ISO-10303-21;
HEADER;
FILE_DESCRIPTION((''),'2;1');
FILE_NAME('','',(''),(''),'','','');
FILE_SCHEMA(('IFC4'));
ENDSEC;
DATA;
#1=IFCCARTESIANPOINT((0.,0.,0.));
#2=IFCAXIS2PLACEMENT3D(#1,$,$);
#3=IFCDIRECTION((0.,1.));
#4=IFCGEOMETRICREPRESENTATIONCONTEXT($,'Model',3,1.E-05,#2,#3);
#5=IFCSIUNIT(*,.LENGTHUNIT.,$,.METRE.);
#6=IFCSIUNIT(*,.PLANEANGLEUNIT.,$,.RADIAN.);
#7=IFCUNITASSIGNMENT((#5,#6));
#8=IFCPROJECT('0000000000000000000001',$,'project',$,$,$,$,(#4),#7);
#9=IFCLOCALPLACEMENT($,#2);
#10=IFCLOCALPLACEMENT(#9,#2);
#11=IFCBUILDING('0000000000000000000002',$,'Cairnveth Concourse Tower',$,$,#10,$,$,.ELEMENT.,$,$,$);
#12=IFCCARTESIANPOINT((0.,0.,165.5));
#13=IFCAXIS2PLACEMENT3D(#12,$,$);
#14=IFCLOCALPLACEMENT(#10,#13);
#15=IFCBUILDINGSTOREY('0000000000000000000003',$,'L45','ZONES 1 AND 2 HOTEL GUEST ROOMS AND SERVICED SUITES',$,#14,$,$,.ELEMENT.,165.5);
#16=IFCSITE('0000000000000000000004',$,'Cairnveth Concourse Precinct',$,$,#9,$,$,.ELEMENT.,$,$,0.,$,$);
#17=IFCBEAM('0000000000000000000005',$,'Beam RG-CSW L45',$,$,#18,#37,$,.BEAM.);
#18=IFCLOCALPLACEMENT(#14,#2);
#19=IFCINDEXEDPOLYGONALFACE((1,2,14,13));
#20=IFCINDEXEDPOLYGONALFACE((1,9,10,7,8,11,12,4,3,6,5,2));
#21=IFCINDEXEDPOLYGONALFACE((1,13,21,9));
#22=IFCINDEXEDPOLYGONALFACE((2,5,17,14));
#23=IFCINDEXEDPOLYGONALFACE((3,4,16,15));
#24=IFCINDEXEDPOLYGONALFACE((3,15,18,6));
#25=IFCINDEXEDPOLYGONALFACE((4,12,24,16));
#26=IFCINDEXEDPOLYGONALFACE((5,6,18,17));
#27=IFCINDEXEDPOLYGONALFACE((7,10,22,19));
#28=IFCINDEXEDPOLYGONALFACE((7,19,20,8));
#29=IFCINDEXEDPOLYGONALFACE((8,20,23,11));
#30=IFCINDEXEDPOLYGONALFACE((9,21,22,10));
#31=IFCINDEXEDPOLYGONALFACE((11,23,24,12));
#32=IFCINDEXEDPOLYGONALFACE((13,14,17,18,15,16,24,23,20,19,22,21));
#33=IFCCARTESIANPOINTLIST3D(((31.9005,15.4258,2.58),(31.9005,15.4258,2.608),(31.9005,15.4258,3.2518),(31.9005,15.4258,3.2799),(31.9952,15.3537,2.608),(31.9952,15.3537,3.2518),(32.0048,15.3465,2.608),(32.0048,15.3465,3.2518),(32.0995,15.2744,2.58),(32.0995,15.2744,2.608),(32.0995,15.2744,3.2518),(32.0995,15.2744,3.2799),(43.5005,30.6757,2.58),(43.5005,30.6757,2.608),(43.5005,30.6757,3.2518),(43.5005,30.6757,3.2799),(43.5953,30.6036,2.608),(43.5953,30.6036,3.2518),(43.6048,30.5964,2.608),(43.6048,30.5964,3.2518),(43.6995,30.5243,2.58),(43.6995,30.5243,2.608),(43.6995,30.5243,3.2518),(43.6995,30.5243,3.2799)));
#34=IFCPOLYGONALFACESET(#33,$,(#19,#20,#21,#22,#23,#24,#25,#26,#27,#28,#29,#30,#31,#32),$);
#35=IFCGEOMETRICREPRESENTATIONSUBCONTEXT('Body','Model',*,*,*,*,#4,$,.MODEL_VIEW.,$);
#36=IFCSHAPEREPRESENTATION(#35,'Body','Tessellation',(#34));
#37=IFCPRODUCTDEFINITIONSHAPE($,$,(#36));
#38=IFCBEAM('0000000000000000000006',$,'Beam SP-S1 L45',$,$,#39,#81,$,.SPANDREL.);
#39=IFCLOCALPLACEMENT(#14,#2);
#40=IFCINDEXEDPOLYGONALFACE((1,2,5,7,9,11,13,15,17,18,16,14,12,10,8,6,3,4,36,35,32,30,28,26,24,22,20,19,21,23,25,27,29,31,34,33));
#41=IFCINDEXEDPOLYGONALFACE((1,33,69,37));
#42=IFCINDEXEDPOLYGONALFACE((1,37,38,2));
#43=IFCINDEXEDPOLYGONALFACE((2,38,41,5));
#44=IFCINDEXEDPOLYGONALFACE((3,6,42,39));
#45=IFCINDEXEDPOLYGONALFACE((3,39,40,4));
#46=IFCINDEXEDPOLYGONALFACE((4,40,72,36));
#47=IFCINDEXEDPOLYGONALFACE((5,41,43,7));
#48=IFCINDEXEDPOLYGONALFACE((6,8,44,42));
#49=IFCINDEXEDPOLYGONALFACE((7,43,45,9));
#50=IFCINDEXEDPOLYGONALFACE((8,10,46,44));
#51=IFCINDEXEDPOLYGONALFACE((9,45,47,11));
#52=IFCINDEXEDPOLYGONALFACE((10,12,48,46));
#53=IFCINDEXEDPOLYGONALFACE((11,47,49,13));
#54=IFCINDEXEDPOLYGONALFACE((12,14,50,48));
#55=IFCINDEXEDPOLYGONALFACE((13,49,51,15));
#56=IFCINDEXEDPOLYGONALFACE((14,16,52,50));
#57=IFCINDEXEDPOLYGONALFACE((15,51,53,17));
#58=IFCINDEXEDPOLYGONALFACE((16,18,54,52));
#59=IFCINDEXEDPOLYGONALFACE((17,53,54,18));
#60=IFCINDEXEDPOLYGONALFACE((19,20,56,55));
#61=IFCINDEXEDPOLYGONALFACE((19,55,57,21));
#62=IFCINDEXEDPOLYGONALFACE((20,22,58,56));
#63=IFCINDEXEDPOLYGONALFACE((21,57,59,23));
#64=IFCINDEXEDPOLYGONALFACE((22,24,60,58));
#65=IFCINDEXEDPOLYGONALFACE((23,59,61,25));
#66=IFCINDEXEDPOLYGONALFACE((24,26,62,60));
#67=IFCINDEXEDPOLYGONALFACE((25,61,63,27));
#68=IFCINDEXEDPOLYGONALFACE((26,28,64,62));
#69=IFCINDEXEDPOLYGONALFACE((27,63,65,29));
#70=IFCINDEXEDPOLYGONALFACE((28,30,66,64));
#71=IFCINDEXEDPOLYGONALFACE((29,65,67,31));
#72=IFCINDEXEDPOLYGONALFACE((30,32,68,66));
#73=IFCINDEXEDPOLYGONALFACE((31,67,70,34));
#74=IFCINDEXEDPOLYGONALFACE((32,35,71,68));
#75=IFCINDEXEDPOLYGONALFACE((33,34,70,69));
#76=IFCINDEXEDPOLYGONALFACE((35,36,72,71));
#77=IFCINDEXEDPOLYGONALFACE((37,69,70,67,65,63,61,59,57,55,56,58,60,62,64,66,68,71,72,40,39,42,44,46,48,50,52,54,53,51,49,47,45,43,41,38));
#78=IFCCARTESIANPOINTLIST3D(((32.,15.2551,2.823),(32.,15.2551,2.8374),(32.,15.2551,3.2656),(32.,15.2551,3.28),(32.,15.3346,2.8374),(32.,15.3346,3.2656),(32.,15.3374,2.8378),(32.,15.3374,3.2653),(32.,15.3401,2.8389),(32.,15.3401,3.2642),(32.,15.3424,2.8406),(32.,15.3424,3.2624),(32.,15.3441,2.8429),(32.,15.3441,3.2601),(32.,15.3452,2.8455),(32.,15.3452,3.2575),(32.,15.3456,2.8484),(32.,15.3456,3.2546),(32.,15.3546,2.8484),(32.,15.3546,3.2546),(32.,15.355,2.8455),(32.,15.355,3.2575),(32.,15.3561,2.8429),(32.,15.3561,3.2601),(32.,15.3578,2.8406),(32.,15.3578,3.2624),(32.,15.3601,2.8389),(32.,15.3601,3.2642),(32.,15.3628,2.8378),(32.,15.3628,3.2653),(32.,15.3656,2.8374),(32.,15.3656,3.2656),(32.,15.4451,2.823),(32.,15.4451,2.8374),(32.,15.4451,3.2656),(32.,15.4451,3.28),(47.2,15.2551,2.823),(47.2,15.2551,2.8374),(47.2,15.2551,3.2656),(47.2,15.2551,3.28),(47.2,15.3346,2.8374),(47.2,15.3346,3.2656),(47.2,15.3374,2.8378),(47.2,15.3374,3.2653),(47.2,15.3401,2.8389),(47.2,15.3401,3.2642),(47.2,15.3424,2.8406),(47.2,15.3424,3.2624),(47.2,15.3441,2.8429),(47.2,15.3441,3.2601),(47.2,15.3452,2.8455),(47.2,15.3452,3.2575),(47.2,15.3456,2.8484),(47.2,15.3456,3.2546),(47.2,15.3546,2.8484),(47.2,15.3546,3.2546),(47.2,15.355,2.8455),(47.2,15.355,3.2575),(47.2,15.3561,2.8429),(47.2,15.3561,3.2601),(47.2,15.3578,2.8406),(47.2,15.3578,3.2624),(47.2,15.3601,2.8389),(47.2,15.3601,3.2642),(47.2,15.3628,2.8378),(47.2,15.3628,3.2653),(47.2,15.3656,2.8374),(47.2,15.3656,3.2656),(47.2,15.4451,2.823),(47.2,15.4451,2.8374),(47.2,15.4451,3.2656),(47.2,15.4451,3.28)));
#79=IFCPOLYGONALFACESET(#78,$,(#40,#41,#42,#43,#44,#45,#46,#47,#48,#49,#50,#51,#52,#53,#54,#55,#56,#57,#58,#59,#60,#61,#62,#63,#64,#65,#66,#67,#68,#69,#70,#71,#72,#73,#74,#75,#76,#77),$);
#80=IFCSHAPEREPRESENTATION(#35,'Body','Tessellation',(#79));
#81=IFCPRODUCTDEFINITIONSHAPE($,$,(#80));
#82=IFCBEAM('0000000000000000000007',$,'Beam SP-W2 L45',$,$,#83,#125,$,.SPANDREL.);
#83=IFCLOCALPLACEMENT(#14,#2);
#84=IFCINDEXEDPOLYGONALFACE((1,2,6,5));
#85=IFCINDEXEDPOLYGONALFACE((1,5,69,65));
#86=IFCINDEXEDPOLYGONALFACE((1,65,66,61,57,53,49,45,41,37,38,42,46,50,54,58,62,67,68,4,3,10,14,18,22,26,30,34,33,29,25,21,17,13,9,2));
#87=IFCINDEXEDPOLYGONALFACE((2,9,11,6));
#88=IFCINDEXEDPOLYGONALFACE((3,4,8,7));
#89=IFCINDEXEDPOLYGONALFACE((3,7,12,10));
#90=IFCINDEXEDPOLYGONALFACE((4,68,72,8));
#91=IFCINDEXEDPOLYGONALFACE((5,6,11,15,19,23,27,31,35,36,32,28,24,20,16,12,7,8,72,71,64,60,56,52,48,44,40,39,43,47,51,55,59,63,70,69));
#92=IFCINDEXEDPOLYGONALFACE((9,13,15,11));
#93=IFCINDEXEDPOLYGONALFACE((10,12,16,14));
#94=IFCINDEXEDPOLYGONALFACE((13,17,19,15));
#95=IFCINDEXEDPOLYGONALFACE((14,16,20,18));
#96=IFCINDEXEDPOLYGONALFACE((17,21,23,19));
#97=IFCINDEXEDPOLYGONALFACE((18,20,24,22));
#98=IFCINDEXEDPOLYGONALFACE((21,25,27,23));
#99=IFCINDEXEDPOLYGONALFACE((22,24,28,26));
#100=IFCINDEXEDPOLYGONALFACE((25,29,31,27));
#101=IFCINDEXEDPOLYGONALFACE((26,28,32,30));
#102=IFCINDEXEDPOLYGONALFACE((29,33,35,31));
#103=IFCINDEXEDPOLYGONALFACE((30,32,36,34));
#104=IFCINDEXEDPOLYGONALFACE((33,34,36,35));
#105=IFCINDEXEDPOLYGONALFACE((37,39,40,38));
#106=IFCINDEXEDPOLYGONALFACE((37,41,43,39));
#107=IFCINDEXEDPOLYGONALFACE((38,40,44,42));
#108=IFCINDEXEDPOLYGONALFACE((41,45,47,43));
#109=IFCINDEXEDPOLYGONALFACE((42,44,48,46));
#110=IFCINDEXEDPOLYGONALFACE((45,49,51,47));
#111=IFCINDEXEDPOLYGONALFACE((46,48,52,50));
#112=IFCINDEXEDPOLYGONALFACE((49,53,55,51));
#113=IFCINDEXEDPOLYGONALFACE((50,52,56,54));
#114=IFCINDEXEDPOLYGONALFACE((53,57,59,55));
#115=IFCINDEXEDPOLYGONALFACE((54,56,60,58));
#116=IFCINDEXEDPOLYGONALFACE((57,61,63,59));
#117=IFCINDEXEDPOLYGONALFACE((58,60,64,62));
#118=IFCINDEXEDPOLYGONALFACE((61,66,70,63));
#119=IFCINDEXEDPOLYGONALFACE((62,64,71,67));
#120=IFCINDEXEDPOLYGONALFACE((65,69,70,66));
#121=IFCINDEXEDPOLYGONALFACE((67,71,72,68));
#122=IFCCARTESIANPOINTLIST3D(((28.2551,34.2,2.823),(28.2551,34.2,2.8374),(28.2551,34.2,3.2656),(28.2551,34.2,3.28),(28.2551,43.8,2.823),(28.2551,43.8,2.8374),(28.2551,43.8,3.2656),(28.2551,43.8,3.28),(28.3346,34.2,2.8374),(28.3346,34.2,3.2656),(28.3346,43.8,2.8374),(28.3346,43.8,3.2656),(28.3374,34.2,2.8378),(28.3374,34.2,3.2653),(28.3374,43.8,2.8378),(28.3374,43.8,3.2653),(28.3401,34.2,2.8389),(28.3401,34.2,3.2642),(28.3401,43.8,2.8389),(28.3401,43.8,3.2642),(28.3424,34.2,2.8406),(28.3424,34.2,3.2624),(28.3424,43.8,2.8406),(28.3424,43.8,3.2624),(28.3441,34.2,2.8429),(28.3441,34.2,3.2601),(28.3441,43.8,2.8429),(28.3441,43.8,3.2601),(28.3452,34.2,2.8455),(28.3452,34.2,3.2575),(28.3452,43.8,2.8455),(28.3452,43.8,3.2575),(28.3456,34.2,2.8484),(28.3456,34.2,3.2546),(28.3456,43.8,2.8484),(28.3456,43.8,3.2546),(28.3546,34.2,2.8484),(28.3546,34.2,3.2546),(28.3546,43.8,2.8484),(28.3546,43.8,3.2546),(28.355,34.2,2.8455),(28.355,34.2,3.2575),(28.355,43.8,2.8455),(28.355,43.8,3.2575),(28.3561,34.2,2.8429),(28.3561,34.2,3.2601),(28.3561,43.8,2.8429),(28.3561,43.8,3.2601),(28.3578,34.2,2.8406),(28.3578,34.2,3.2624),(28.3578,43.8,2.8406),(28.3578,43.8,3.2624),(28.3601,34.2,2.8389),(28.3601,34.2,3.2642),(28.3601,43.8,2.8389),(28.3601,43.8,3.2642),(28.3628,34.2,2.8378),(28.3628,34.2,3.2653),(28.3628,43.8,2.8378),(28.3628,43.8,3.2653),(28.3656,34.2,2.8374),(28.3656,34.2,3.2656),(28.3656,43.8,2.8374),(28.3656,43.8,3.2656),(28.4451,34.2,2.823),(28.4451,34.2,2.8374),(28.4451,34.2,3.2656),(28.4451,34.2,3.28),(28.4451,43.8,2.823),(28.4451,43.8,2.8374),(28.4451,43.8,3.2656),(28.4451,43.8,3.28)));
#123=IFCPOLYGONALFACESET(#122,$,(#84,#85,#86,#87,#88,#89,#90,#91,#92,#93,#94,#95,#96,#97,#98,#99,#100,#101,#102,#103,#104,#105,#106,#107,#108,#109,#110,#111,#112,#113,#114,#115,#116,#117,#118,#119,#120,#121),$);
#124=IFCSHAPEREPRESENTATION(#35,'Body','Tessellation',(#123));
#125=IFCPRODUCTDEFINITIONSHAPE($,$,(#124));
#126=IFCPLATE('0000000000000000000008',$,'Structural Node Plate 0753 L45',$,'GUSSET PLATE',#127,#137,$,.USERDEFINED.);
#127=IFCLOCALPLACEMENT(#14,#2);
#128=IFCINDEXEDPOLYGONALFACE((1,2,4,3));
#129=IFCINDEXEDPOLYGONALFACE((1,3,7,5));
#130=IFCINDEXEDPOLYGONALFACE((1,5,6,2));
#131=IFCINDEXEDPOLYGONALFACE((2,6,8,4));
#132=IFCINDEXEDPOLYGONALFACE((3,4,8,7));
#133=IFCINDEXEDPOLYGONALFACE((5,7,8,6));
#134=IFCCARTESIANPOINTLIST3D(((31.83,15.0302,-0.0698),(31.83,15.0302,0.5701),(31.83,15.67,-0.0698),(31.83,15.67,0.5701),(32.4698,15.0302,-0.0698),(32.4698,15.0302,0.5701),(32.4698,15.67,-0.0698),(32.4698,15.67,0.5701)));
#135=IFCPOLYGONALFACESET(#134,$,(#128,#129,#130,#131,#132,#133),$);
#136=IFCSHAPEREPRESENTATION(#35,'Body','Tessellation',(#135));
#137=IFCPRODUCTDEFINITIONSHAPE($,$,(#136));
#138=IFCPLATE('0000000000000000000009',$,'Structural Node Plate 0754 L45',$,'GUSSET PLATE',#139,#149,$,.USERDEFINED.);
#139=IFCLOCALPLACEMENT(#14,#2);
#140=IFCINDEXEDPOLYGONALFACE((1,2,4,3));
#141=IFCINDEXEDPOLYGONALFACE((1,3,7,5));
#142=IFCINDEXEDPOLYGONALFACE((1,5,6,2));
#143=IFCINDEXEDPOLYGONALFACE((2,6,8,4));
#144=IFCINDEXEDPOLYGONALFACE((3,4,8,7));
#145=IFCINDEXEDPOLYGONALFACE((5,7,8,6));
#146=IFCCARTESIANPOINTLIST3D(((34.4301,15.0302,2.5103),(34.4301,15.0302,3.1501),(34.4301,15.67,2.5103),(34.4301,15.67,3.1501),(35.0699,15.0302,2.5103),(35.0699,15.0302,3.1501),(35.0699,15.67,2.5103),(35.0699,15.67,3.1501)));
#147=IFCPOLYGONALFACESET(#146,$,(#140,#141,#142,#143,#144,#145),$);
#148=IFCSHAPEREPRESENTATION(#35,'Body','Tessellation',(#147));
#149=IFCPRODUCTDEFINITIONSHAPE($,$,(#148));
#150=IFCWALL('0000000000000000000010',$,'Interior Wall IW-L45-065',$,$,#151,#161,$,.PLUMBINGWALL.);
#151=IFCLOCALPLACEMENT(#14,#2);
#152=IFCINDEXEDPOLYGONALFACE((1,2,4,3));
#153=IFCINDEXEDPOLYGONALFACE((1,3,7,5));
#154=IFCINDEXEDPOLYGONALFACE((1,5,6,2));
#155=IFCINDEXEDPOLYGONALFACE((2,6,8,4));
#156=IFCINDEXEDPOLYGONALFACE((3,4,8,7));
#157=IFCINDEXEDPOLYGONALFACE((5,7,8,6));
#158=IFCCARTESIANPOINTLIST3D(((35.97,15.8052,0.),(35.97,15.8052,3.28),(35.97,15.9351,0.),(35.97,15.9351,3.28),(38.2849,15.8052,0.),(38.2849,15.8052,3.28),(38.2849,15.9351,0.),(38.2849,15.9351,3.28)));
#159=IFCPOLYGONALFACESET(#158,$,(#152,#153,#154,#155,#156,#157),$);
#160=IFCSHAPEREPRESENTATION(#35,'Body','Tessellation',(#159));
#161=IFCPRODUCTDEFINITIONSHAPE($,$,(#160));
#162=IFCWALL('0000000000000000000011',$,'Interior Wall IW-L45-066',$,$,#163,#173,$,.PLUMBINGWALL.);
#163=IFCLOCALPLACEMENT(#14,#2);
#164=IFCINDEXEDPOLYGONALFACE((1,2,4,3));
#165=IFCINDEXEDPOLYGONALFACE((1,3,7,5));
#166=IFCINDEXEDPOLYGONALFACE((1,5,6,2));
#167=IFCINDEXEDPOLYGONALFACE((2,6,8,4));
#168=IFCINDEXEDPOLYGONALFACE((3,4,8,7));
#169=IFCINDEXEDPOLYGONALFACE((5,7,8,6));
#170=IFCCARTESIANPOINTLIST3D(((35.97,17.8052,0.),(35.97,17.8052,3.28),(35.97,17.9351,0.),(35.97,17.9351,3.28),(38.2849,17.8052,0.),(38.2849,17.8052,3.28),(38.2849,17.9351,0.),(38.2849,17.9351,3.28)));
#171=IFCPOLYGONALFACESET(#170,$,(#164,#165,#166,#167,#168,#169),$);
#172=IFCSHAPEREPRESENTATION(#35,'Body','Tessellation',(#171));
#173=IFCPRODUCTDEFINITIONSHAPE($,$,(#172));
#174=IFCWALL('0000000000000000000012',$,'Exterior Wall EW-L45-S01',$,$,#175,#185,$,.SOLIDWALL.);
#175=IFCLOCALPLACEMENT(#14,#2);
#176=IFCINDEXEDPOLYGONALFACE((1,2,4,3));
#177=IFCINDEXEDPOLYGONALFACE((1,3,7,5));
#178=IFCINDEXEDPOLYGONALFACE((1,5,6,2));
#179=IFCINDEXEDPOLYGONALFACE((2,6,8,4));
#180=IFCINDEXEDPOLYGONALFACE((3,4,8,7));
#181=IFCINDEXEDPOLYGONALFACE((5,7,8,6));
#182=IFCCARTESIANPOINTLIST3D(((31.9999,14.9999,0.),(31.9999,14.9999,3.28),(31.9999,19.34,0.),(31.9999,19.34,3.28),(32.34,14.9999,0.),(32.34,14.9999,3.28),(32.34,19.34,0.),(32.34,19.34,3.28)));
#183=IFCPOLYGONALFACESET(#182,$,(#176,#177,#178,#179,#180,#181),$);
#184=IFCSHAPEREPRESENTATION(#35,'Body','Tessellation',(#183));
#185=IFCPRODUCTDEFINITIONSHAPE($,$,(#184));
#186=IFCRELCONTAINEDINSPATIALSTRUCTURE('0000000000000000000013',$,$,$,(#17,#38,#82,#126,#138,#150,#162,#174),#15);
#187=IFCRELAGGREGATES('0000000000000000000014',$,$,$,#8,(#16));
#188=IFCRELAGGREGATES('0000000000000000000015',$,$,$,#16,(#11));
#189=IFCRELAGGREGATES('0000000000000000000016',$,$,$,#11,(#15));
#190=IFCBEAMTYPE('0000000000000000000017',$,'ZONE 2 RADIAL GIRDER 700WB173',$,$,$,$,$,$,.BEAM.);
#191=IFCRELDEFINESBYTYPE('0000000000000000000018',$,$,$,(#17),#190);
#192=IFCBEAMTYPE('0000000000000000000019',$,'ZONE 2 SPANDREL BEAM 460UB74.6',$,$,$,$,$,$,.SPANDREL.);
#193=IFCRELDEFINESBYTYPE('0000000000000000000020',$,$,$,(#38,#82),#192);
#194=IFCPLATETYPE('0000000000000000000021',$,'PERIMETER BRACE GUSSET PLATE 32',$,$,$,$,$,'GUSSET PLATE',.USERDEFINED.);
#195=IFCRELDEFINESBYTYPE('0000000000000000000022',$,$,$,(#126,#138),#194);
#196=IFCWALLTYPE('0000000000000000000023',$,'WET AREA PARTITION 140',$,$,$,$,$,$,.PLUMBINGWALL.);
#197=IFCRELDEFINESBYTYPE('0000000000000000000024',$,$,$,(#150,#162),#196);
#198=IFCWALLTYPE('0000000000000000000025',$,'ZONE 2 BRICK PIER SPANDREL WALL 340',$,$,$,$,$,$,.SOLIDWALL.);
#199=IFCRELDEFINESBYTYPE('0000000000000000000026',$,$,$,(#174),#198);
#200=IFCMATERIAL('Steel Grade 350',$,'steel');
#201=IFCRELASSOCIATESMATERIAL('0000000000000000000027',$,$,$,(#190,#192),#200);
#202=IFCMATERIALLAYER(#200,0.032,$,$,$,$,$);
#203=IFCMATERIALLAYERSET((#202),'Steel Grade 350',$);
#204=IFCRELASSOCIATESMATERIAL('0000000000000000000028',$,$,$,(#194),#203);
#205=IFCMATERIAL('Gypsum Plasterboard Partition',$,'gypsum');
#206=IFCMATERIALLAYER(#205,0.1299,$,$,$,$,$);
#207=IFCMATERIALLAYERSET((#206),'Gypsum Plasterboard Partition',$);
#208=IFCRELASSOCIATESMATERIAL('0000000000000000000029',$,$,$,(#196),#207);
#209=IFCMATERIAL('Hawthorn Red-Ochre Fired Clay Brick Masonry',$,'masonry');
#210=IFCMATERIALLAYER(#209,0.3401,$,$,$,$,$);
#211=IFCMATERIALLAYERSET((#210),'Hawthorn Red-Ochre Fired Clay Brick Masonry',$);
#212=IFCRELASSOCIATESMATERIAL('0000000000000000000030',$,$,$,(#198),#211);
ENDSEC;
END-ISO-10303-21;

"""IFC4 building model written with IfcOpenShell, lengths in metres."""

from ifc_helpers import new_model, si_unit, direction, frame, frame_2d, origin, origin_2d, place, context, subcontext, project, spatial, rectangle, i_section, extrude, material, layer, layer_set, material_profile, profile_set, type_object, element, save


model = new_model("IFC4")

# Units and contexts
model_context = context("Model", 3, precision=1e-05, world=origin(), true_north=direction((0.0, 1.0)))
body_context = subcontext(model_context, "Body", "Model", "MODEL_VIEW")
ifc_project = project(units=[si_unit("LENGTHUNIT", "METRE"), si_unit("PLANEANGLEUNIT", "RADIAN")], contexts=[model_context])

# Site, building, storey
site_placement = place(None, origin())
site = spatial("IfcSite", under=ifc_project, at=site_placement, Name="Cairnveth Concourse Precinct", CompositionType="ELEMENT", RefElevation=0.0)
building_placement = place(site_placement, origin())
building = spatial("IfcBuilding", under=site, at=building_placement, Name="Cairnveth Concourse Tower", CompositionType="ELEMENT")
storey_placement = place(building_placement, frame((0.0, 0.0, 165.5)))
storey = spatial("IfcBuildingStorey", under=building, at=storey_placement, Name="L45", Description="ZONES 1 AND 2 HOTEL GUEST ROOMS AND SERVICED SUITES", CompositionType="ELEMENT", Elevation=165.5)

# Shared definitions
ifc_material_1 = material(Name="Steel Grade 350", Category="steel")

# Beams
ifc_material_profile_1 = material_profile(ifc_material_1, i_section(OverallWidth=0.25, OverallDepth=0.7, WebThickness=0.012, FlangeThickness=0.0281, at=origin_2d()), Name="700WB173")
ifc_profile_set_1 = profile_set([ifc_material_profile_1], Name="Steel Grade 350")
beam_type_1 = type_object("IfcBeamType", Name="ZONE 2 RADIAL GIRDER 700WB173", PredefinedType="BEAM", material=ifc_profile_set_1)
beam_1_placement = place(storey_placement, frame((32.0, 15.3501, 2.9299), z_axis=(0.605417, 0.795908, 0.0), x_axis=(-0.795908, 0.605417, 0.0)))
element("IfcBeam", 1, at=beam_1_placement, inside=storey, type_object=beam_type_1, Name="Beam RG-CSW L45", PredefinedType="BEAM", context=body_context, shape_type="SweptSolid", body=[
    extrude(i_section(OverallWidth=0.25, OverallDepth=0.7, WebThickness=0.012, FlangeThickness=0.0281, at=origin_2d()), origin(), (0.0, 0.0, 1.0), 19.1604),
])
ifc_material_profile_2 = material_profile(ifc_material_1, i_section(OverallWidth=0.1899, OverallDepth=0.457, WebThickness=0.009, FlangeThickness=0.0144, FilletRadius=0.011, at=origin_2d()), Name="460UB74.6")
ifc_profile_set_2 = profile_set([ifc_material_profile_2], Name="Steel Grade 350")
beam_type_2 = type_object("IfcBeamType", Name="ZONE 2 SPANDREL BEAM 460UB74.6", PredefinedType="SPANDREL", material=ifc_profile_set_2)
beam_2_placement = place(storey_placement, frame((32.0, 15.3501, 3.0515), z_axis=(1.0, 0.0, 0.0), x_axis=(0.0, 1.0, 0.0)))
element("IfcBeam", 2, at=beam_2_placement, inside=storey, type_object=beam_type_2, Name="Beam SP-S1 L45", PredefinedType="SPANDREL", context=body_context, shape_type="SweptSolid", body=[
    extrude(i_section(OverallWidth=0.1899, OverallDepth=0.457, WebThickness=0.009, FlangeThickness=0.0144, FilletRadius=0.011, at=origin_2d()), origin(), (0.0, 0.0, 1.0), 15.2),
])
beam_3_placement = place(storey_placement, frame((28.3501, 34.2, 3.0515), z_axis=(0.0, 1.0, 0.0), x_axis=(-1.0, 0.0, 0.0)))
element("IfcBeam", 3, at=beam_3_placement, inside=storey, type_object=beam_type_2, Name="Beam SP-W2 L45", PredefinedType="SPANDREL", context=body_context, shape_type="SweptSolid", body=[
    extrude(i_section(OverallWidth=0.1899, OverallDepth=0.457, WebThickness=0.009, FlangeThickness=0.0144, FilletRadius=0.011, at=origin_2d()), origin(), (0.0, 0.0, 1.0), 9.6001),
])

# Plates
ifc_layer_1 = layer(ifc_material_1, 0.032)
ifc_layer_set_1 = layer_set([ifc_layer_1], Name="Steel Grade 350")
plate_type = type_object("IfcPlateType", Name="PERIMETER BRACE GUSSET PLATE 32", ElementType="GUSSET PLATE", PredefinedType="USERDEFINED", material=ifc_layer_set_1)
for number, where, z_axis, x_axis, name in (
    (4, (32.1499, 15.3501, -0.0698), (0.0, 0.0, 1.0), (1.0, 0.0, 0.0), "Structural Node Plate 0753 L45"),
    (5, (34.75, 15.3501, 2.5103), (0.0, 0.0, 1.0), (1.0, 0.0, 0.0), "Structural Node Plate 0754 L45"),
):
    element("IfcPlate", number, at=place(storey_placement, frame(where, z_axis=z_axis, x_axis=x_axis)), inside=storey, type_object=plate_type, Name=name, ObjectType="GUSSET PLATE", PredefinedType="USERDEFINED", context=body_context, shape_type="SweptSolid", body=[
        extrude(rectangle(XDim=0.6399, YDim=0.6399, at=origin_2d()), origin(), (0.0, 0.0, 1.0), 0.6399),
    ])

# Walls
ifc_material_2 = material(Name="Gypsum Plasterboard Partition", Category="gypsum")
ifc_layer_2 = layer(ifc_material_2, 0.1299)
ifc_layer_set_2 = layer_set([ifc_layer_2], Name="Gypsum Plasterboard Partition")
wall_type_1 = type_object("IfcWallType", Name="WET AREA PARTITION 140", PredefinedType="PLUMBINGWALL", material=ifc_layer_set_2)
for number, where, z_axis, x_axis, name in (
    (6, (35.97, 15.8701, 0.0), (0.0, 0.0, 1.0), (1.0, 0.0, 0.0), "Interior Wall IW-L45-065"),
    (7, (35.97, 17.8701, 0.0), (0.0, 0.0, 1.0), (1.0, 0.0, 0.0), "Interior Wall IW-L45-066"),
):
    element("IfcWall", number, at=place(storey_placement, frame(where, z_axis=z_axis, x_axis=x_axis)), inside=storey, type_object=wall_type_1, Name=name, PredefinedType="PLUMBINGWALL", context=body_context, shape_type="SweptSolid", body=[
        extrude(rectangle(XDim=2.3149, YDim=0.1299, at=frame_2d((1.1575, 0.0))), origin(), (0.0, 0.0, 1.0), 3.28),
    ])
ifc_material_3 = material(Name="Hawthorn Red-Ochre Fired Clay Brick Masonry", Category="masonry")
ifc_layer_3 = layer(ifc_material_3, 0.3401)
ifc_layer_set_3 = layer_set([ifc_layer_3], Name="Hawthorn Red-Ochre Fired Clay Brick Masonry")
wall_type_2 = type_object("IfcWallType", Name="ZONE 2 BRICK PIER SPANDREL WALL 340", PredefinedType="SOLIDWALL", material=ifc_layer_set_3)
wall_1_placement = place(storey_placement, frame((32.1699, 15.0, 0.0), z_axis=(0.0, 0.0, 1.0), x_axis=(0.0, 1.0, 0.0)))
element("IfcWall", 8, at=wall_1_placement, inside=storey, type_object=wall_type_2, Name="Exterior Wall EW-L45-S01", PredefinedType="SOLIDWALL", context=body_context, shape_type="SweptSolid", body=[
    extrude(rectangle(XDim=4.3401, YDim=0.3401, at=frame_2d((2.1699, 0.0))), origin(), (0.0, 0.0, 1.0), 3.28),
])

save(model, "model.ifc")
